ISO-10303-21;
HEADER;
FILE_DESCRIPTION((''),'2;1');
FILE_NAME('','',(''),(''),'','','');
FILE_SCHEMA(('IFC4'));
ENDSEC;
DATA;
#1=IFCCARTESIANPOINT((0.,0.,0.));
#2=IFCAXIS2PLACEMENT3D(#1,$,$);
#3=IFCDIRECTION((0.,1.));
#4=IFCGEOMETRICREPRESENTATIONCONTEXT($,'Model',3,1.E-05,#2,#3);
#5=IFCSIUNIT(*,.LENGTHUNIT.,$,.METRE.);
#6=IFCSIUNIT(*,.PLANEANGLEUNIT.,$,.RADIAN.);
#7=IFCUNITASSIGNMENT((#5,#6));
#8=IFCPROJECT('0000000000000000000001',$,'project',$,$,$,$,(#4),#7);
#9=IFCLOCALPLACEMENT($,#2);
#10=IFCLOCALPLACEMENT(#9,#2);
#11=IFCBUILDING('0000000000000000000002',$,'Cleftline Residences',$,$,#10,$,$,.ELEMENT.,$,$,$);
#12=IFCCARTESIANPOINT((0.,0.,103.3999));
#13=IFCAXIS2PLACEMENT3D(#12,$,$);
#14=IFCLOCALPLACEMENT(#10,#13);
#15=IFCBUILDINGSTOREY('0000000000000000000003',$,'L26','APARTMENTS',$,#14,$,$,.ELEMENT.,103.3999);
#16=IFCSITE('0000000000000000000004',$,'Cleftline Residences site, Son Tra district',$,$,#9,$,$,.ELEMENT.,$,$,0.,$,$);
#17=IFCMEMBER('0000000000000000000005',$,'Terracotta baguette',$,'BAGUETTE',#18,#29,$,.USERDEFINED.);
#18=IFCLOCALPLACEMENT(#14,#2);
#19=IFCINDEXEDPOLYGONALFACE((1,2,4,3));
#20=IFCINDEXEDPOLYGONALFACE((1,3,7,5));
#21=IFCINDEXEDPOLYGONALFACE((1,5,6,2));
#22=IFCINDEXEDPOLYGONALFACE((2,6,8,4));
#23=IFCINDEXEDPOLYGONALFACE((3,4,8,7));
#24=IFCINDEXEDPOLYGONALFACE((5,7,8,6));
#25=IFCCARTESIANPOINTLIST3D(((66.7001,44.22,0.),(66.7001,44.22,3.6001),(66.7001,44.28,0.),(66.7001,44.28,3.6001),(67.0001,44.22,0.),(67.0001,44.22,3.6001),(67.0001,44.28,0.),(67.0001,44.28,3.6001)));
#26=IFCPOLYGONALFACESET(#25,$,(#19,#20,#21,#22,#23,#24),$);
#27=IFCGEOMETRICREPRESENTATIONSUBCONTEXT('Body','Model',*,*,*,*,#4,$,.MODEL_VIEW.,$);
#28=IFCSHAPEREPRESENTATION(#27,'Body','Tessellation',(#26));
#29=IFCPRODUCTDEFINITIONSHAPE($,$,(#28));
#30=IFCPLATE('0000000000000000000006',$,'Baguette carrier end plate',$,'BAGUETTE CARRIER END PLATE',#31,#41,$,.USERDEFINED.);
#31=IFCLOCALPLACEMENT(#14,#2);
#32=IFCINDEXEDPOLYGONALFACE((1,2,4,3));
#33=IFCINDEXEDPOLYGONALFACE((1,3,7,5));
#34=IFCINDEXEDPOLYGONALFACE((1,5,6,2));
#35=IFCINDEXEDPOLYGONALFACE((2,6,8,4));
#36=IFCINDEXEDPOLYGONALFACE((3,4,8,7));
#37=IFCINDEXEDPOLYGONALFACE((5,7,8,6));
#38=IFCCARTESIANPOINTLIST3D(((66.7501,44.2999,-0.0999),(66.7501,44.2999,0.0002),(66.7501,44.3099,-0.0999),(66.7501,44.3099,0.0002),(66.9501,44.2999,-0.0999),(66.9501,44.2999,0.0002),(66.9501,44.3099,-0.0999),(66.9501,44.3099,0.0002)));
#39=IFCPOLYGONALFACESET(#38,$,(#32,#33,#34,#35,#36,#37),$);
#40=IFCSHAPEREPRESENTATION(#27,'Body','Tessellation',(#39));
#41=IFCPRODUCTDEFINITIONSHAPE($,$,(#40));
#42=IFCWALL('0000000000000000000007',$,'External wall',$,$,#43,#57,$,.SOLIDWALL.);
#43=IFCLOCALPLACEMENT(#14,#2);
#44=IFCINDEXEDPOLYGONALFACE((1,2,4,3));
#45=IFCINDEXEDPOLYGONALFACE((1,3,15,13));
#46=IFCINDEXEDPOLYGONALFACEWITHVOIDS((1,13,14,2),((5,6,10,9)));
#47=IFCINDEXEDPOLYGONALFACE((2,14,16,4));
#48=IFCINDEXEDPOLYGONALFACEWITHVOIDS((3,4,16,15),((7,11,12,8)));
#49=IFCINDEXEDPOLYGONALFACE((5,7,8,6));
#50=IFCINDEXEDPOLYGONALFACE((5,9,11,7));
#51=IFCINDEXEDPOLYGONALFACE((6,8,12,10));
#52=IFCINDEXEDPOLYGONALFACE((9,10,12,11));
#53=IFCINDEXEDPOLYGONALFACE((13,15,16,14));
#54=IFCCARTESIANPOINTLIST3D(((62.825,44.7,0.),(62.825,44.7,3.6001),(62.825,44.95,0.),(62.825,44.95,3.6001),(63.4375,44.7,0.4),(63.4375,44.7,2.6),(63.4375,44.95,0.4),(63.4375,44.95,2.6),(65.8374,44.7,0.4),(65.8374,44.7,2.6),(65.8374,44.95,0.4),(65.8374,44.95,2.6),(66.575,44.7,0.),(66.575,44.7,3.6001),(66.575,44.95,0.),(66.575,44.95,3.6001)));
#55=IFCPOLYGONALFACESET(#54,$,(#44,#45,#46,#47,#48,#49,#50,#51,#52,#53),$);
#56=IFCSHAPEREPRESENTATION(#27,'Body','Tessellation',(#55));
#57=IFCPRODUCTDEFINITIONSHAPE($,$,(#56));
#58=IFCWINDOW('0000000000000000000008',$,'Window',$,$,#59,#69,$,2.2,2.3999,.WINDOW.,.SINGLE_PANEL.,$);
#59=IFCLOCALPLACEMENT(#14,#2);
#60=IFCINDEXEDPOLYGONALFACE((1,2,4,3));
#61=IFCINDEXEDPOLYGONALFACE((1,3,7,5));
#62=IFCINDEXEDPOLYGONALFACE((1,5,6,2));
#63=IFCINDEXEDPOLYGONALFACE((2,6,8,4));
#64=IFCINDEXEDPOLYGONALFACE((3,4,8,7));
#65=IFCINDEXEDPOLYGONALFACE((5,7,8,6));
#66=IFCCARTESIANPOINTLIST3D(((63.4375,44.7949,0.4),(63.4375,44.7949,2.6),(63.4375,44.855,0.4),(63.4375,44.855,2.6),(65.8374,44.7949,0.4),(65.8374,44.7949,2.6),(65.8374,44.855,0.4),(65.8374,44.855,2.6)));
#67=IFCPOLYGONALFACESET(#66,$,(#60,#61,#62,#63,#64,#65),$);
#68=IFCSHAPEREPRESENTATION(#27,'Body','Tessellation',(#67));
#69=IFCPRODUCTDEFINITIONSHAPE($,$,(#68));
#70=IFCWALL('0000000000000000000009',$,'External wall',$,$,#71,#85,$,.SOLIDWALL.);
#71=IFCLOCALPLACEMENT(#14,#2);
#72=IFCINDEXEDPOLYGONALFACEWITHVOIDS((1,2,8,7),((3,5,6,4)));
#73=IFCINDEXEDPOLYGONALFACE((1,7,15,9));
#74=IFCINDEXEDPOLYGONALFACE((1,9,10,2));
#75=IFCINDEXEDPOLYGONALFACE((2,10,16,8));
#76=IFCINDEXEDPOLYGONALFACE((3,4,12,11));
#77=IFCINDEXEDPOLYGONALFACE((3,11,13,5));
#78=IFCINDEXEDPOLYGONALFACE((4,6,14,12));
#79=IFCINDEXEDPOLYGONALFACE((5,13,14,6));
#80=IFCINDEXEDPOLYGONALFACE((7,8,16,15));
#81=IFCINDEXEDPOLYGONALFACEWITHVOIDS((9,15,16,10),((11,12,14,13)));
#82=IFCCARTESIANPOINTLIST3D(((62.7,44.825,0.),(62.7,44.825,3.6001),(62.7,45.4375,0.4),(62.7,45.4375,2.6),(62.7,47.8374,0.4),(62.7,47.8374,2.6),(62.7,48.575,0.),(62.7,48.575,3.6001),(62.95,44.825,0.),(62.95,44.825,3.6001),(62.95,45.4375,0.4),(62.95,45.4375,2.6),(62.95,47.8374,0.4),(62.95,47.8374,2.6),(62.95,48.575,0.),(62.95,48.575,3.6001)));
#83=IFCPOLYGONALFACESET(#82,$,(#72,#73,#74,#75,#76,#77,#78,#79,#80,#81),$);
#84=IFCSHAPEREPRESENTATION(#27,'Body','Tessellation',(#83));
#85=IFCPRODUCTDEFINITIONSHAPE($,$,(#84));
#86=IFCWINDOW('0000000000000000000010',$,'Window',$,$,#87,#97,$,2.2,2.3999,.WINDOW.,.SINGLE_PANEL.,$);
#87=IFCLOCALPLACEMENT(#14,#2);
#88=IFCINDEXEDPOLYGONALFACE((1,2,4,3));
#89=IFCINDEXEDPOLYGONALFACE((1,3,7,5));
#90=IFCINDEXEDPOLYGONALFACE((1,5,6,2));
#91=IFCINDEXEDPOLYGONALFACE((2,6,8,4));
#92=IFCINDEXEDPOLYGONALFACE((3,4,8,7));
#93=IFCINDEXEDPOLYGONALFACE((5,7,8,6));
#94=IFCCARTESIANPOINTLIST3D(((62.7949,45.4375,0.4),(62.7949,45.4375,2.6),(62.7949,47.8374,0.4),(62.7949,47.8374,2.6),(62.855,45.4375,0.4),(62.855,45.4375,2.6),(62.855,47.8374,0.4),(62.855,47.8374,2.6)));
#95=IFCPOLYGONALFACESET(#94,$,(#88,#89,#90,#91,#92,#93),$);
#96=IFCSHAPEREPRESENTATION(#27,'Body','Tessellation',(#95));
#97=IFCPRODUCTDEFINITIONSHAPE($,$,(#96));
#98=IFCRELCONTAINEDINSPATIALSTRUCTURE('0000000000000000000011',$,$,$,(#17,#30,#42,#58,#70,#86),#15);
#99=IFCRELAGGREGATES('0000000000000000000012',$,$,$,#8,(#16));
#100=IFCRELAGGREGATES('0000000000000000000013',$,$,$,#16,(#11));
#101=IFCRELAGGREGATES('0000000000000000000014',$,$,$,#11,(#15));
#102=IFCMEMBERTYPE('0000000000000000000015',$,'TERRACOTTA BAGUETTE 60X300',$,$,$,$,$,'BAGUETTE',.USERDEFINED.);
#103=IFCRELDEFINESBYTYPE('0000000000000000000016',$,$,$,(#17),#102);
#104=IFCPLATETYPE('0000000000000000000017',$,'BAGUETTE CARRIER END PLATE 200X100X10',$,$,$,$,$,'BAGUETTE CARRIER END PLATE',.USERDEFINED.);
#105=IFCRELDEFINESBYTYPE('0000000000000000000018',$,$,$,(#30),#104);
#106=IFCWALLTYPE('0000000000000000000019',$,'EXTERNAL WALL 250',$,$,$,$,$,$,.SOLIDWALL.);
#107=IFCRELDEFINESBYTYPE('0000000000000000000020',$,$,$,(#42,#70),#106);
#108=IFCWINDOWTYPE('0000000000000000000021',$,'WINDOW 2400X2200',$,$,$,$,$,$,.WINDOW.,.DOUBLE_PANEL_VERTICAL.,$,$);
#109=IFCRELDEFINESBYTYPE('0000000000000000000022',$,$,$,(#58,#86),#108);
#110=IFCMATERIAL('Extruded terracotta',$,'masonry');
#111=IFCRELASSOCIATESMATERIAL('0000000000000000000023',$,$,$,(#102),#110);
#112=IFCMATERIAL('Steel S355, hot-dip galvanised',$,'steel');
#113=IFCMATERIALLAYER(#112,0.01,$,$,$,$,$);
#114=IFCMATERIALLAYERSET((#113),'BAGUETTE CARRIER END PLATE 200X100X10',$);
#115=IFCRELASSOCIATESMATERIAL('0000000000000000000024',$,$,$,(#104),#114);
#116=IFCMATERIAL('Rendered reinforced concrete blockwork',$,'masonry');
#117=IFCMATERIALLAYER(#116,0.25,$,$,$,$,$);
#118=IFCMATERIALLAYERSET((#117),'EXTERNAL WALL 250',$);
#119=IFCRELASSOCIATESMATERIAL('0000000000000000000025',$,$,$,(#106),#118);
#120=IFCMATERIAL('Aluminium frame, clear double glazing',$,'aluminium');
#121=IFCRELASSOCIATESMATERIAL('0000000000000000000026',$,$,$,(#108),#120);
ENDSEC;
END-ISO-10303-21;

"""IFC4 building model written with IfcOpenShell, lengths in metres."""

from ifc_helpers import new_model, si_unit, direction, frame, frame_2d, origin, origin_2d, place, context, subcontext, project, spatial, rectangle, extrude, material, layer, layer_set, material_profile, profile_set, type_object, element, fill, save


model = new_model("IFC4")

# Units and contexts
model_context = context("Model", 3, precision=1e-05, world=origin(), true_north=direction((0.0, 1.0)))
body_context = subcontext(model_context, "Body", "Model", "MODEL_VIEW")
ifc_project = project(units=[si_unit("LENGTHUNIT", "METRE"), si_unit("PLANEANGLEUNIT", "RADIAN")], contexts=[model_context])

# Site, building, storey
site_placement = place(None, origin())
site = spatial("IfcSite", under=ifc_project, at=site_placement, Name="Cleftline Residences site, Son Tra district", CompositionType="ELEMENT", RefElevation=0.0)
building_placement = place(site_placement, origin())
building = spatial("IfcBuilding", under=site, at=building_placement, Name="Cleftline Residences", CompositionType="ELEMENT")
storey_placement = place(building_placement, frame((0.0, 0.0, 103.3999)))
storey = spatial("IfcBuildingStorey", under=building, at=storey_placement, Name="L26", Description="APARTMENTS", CompositionType="ELEMENT", Elevation=103.3999)

# Member
ifc_material_1 = material(Name="Extruded terracotta", Category="masonry")
ifc_material_profile_1 = material_profile(ifc_material_1, rectangle(XDim=0.0601, YDim=0.3, at=origin_2d()))
ifc_profile_set_1 = profile_set([ifc_material_profile_1], Name="Extruded terracotta")
member_type_1 = type_object("IfcMemberType", Name="TERRACOTTA BAGUETTE 60X300", ElementType="BAGUETTE", PredefinedType="USERDEFINED", material=ifc_profile_set_1)
for number, where, z_axis, x_axis, name in (
    (1, (66.8501, 44.25, 0.0), (0.0, 0.0, 1.0), (0.0, 1.0, 0.0), "Terracotta baguette"),
):
    element("IfcMember", number, at=place(storey_placement, frame(where, z_axis=z_axis, x_axis=x_axis)), inside=storey, type_object=member_type_1, Name=name, ObjectType="BAGUETTE", PredefinedType="USERDEFINED", context=body_context, shape_type="SweptSolid", body=[
        extrude(rectangle(XDim=0.0601, YDim=0.3, at=origin_2d()), origin(), (0.0, 0.0, 1.0), 3.6001),
    ])

# Plate
ifc_material_2 = material(Name="Steel S355, hot-dip galvanised", Category="steel")
ifc_layer_1 = layer(ifc_material_2, 0.01)
ifc_layer_set_1 = layer_set([ifc_layer_1], Name="BAGUETTE CARRIER END PLATE 200X100X10")
plate_type = type_object("IfcPlateType", Name="BAGUETTE CARRIER END PLATE 200X100X10", ElementType="BAGUETTE CARRIER END PLATE", PredefinedType="USERDEFINED", material=ifc_layer_set_1)
plate_placement = place(storey_placement, frame((66.8501, 44.3049, -0.0999), z_axis=(0.0, 0.0, 1.0), x_axis=(1.0, 0.0, 0.0)))
element("IfcPlate", 2, at=plate_placement, inside=storey, type_object=plate_type, Name="Baguette carrier end plate", ObjectType="BAGUETTE CARRIER END PLATE", PredefinedType="USERDEFINED", context=body_context, shape_type="SweptSolid", body=[
    extrude(rectangle(XDim=0.2, YDim=0.01, at=origin_2d()), origin(), (0.0, 0.0, 1.0), 0.1001),
])

# Walls, openings, windows
ifc_material_3 = material(Name="Rendered reinforced concrete blockwork", Category="masonry")
ifc_layer_2 = layer(ifc_material_3, 0.25)
ifc_layer_set_2 = layer_set([ifc_layer_2], Name="EXTERNAL WALL 250")
wall_type = type_object("IfcWallType", Name="EXTERNAL WALL 250", PredefinedType="SOLIDWALL", material=ifc_layer_set_2)
wall_1_placement = place(storey_placement, frame((66.575, 44.825, 0.0), z_axis=(0.0, 0.0, 1.0), x_axis=(-1.0, 0.0, 0.0)))
wall_1 = element("IfcWall", 3, at=wall_1_placement, inside=storey, type_object=wall_type, Name="External wall", PredefinedType="SOLIDWALL", context=body_context, shape_type="SweptSolid", body=[
    extrude(rectangle(XDim=3.75, YDim=0.25, at=frame_2d((1.875, 0.0))), origin(), (0.0, 0.0, 1.0), 3.6001),
])
opening_1_placement = place(wall_1_placement, frame((0.7375, 0.0, 0.3999)))
opening_1 = element("IfcOpeningElement", 4, at=opening_1_placement, cuts=wall_1, PredefinedType="OPENING", context=body_context, shape_type="SweptSolid", body=[
    extrude(rectangle(XDim=2.3999, YDim=2.2, at=frame_2d((1.2, 1.1001))), frame((0.0, 0.135, 0.0), z_axis=(0.0, -1.0, 0.0), x_axis=(1.0, 0.0, 0.0)), (0.0, 0.0, 1.0), 0.27),
])
ifc_material_4 = material(Name="Aluminium frame, clear double glazing", Category="aluminium")
window_type_1 = type_object("IfcWindowType", Name="WINDOW 2400X2200", PartitioningType="DOUBLE_PANEL_VERTICAL", PredefinedType="WINDOW", material=ifc_material_4)
window_1_placement = place(opening_1_placement, origin())
window_1 = element("IfcWindow", 5, at=window_1_placement, inside=storey, type_object=window_type_1, Name="Window", OverallHeight=2.2, OverallWidth=2.3999, PartitioningType="SINGLE_PANEL", PredefinedType="WINDOW", context=body_context, shape_type="SweptSolid", body=[
    extrude(rectangle(XDim=2.3999, YDim=2.2, at=frame_2d((1.2, 1.1001))), frame((0.0, 0.03, 0.0), z_axis=(0.0, -1.0, 0.0), x_axis=(1.0, 0.0, 0.0)), (0.0, 0.0, 1.0), 0.0601),
])
fill(opening_1, window_1)
wall_2_placement = place(storey_placement, frame((62.825, 44.825, 0.0), z_axis=(0.0, 0.0, 1.0), x_axis=(0.0, 1.0, 0.0)))
wall_2 = element("IfcWall", 6, at=wall_2_placement, inside=storey, type_object=wall_type, Name="External wall", PredefinedType="SOLIDWALL", context=body_context, shape_type="SweptSolid", body=[
    extrude(rectangle(XDim=3.75, YDim=0.25, at=frame_2d((1.875, 0.0))), origin(), (0.0, 0.0, 1.0), 3.6001),
])
opening_2_placement = place(wall_2_placement, frame((0.6125, 0.0, 0.3999)))
opening_2 = element("IfcOpeningElement", 7, at=opening_2_placement, cuts=wall_2, PredefinedType="OPENING", context=body_context, shape_type="SweptSolid", body=[
    extrude(rectangle(XDim=2.3999, YDim=2.2, at=frame_2d((1.2, 1.1001))), frame((0.0, 0.135, 0.0), z_axis=(0.0, -1.0, 0.0), x_axis=(1.0, 0.0, 0.0)), (0.0, 0.0, 1.0), 0.27),
])
window_2_placement = place(opening_2_placement, origin())
window_2 = element("IfcWindow", 8, at=window_2_placement, inside=storey, type_object=window_type_1, Name="Window", OverallHeight=2.2, OverallWidth=2.3999, PartitioningType="SINGLE_PANEL", PredefinedType="WINDOW", context=body_context, shape_type="SweptSolid", body=[
    extrude(rectangle(XDim=2.3999, YDim=2.2, at=frame_2d((1.2, 1.1001))), frame((0.0, 0.03, 0.0), z_axis=(0.0, -1.0, 0.0), x_axis=(1.0, 0.0, 0.0)), (0.0, 0.0, 1.0), 0.0601),
])
fill(opening_2, window_2)

save(model, "model.ifc")
